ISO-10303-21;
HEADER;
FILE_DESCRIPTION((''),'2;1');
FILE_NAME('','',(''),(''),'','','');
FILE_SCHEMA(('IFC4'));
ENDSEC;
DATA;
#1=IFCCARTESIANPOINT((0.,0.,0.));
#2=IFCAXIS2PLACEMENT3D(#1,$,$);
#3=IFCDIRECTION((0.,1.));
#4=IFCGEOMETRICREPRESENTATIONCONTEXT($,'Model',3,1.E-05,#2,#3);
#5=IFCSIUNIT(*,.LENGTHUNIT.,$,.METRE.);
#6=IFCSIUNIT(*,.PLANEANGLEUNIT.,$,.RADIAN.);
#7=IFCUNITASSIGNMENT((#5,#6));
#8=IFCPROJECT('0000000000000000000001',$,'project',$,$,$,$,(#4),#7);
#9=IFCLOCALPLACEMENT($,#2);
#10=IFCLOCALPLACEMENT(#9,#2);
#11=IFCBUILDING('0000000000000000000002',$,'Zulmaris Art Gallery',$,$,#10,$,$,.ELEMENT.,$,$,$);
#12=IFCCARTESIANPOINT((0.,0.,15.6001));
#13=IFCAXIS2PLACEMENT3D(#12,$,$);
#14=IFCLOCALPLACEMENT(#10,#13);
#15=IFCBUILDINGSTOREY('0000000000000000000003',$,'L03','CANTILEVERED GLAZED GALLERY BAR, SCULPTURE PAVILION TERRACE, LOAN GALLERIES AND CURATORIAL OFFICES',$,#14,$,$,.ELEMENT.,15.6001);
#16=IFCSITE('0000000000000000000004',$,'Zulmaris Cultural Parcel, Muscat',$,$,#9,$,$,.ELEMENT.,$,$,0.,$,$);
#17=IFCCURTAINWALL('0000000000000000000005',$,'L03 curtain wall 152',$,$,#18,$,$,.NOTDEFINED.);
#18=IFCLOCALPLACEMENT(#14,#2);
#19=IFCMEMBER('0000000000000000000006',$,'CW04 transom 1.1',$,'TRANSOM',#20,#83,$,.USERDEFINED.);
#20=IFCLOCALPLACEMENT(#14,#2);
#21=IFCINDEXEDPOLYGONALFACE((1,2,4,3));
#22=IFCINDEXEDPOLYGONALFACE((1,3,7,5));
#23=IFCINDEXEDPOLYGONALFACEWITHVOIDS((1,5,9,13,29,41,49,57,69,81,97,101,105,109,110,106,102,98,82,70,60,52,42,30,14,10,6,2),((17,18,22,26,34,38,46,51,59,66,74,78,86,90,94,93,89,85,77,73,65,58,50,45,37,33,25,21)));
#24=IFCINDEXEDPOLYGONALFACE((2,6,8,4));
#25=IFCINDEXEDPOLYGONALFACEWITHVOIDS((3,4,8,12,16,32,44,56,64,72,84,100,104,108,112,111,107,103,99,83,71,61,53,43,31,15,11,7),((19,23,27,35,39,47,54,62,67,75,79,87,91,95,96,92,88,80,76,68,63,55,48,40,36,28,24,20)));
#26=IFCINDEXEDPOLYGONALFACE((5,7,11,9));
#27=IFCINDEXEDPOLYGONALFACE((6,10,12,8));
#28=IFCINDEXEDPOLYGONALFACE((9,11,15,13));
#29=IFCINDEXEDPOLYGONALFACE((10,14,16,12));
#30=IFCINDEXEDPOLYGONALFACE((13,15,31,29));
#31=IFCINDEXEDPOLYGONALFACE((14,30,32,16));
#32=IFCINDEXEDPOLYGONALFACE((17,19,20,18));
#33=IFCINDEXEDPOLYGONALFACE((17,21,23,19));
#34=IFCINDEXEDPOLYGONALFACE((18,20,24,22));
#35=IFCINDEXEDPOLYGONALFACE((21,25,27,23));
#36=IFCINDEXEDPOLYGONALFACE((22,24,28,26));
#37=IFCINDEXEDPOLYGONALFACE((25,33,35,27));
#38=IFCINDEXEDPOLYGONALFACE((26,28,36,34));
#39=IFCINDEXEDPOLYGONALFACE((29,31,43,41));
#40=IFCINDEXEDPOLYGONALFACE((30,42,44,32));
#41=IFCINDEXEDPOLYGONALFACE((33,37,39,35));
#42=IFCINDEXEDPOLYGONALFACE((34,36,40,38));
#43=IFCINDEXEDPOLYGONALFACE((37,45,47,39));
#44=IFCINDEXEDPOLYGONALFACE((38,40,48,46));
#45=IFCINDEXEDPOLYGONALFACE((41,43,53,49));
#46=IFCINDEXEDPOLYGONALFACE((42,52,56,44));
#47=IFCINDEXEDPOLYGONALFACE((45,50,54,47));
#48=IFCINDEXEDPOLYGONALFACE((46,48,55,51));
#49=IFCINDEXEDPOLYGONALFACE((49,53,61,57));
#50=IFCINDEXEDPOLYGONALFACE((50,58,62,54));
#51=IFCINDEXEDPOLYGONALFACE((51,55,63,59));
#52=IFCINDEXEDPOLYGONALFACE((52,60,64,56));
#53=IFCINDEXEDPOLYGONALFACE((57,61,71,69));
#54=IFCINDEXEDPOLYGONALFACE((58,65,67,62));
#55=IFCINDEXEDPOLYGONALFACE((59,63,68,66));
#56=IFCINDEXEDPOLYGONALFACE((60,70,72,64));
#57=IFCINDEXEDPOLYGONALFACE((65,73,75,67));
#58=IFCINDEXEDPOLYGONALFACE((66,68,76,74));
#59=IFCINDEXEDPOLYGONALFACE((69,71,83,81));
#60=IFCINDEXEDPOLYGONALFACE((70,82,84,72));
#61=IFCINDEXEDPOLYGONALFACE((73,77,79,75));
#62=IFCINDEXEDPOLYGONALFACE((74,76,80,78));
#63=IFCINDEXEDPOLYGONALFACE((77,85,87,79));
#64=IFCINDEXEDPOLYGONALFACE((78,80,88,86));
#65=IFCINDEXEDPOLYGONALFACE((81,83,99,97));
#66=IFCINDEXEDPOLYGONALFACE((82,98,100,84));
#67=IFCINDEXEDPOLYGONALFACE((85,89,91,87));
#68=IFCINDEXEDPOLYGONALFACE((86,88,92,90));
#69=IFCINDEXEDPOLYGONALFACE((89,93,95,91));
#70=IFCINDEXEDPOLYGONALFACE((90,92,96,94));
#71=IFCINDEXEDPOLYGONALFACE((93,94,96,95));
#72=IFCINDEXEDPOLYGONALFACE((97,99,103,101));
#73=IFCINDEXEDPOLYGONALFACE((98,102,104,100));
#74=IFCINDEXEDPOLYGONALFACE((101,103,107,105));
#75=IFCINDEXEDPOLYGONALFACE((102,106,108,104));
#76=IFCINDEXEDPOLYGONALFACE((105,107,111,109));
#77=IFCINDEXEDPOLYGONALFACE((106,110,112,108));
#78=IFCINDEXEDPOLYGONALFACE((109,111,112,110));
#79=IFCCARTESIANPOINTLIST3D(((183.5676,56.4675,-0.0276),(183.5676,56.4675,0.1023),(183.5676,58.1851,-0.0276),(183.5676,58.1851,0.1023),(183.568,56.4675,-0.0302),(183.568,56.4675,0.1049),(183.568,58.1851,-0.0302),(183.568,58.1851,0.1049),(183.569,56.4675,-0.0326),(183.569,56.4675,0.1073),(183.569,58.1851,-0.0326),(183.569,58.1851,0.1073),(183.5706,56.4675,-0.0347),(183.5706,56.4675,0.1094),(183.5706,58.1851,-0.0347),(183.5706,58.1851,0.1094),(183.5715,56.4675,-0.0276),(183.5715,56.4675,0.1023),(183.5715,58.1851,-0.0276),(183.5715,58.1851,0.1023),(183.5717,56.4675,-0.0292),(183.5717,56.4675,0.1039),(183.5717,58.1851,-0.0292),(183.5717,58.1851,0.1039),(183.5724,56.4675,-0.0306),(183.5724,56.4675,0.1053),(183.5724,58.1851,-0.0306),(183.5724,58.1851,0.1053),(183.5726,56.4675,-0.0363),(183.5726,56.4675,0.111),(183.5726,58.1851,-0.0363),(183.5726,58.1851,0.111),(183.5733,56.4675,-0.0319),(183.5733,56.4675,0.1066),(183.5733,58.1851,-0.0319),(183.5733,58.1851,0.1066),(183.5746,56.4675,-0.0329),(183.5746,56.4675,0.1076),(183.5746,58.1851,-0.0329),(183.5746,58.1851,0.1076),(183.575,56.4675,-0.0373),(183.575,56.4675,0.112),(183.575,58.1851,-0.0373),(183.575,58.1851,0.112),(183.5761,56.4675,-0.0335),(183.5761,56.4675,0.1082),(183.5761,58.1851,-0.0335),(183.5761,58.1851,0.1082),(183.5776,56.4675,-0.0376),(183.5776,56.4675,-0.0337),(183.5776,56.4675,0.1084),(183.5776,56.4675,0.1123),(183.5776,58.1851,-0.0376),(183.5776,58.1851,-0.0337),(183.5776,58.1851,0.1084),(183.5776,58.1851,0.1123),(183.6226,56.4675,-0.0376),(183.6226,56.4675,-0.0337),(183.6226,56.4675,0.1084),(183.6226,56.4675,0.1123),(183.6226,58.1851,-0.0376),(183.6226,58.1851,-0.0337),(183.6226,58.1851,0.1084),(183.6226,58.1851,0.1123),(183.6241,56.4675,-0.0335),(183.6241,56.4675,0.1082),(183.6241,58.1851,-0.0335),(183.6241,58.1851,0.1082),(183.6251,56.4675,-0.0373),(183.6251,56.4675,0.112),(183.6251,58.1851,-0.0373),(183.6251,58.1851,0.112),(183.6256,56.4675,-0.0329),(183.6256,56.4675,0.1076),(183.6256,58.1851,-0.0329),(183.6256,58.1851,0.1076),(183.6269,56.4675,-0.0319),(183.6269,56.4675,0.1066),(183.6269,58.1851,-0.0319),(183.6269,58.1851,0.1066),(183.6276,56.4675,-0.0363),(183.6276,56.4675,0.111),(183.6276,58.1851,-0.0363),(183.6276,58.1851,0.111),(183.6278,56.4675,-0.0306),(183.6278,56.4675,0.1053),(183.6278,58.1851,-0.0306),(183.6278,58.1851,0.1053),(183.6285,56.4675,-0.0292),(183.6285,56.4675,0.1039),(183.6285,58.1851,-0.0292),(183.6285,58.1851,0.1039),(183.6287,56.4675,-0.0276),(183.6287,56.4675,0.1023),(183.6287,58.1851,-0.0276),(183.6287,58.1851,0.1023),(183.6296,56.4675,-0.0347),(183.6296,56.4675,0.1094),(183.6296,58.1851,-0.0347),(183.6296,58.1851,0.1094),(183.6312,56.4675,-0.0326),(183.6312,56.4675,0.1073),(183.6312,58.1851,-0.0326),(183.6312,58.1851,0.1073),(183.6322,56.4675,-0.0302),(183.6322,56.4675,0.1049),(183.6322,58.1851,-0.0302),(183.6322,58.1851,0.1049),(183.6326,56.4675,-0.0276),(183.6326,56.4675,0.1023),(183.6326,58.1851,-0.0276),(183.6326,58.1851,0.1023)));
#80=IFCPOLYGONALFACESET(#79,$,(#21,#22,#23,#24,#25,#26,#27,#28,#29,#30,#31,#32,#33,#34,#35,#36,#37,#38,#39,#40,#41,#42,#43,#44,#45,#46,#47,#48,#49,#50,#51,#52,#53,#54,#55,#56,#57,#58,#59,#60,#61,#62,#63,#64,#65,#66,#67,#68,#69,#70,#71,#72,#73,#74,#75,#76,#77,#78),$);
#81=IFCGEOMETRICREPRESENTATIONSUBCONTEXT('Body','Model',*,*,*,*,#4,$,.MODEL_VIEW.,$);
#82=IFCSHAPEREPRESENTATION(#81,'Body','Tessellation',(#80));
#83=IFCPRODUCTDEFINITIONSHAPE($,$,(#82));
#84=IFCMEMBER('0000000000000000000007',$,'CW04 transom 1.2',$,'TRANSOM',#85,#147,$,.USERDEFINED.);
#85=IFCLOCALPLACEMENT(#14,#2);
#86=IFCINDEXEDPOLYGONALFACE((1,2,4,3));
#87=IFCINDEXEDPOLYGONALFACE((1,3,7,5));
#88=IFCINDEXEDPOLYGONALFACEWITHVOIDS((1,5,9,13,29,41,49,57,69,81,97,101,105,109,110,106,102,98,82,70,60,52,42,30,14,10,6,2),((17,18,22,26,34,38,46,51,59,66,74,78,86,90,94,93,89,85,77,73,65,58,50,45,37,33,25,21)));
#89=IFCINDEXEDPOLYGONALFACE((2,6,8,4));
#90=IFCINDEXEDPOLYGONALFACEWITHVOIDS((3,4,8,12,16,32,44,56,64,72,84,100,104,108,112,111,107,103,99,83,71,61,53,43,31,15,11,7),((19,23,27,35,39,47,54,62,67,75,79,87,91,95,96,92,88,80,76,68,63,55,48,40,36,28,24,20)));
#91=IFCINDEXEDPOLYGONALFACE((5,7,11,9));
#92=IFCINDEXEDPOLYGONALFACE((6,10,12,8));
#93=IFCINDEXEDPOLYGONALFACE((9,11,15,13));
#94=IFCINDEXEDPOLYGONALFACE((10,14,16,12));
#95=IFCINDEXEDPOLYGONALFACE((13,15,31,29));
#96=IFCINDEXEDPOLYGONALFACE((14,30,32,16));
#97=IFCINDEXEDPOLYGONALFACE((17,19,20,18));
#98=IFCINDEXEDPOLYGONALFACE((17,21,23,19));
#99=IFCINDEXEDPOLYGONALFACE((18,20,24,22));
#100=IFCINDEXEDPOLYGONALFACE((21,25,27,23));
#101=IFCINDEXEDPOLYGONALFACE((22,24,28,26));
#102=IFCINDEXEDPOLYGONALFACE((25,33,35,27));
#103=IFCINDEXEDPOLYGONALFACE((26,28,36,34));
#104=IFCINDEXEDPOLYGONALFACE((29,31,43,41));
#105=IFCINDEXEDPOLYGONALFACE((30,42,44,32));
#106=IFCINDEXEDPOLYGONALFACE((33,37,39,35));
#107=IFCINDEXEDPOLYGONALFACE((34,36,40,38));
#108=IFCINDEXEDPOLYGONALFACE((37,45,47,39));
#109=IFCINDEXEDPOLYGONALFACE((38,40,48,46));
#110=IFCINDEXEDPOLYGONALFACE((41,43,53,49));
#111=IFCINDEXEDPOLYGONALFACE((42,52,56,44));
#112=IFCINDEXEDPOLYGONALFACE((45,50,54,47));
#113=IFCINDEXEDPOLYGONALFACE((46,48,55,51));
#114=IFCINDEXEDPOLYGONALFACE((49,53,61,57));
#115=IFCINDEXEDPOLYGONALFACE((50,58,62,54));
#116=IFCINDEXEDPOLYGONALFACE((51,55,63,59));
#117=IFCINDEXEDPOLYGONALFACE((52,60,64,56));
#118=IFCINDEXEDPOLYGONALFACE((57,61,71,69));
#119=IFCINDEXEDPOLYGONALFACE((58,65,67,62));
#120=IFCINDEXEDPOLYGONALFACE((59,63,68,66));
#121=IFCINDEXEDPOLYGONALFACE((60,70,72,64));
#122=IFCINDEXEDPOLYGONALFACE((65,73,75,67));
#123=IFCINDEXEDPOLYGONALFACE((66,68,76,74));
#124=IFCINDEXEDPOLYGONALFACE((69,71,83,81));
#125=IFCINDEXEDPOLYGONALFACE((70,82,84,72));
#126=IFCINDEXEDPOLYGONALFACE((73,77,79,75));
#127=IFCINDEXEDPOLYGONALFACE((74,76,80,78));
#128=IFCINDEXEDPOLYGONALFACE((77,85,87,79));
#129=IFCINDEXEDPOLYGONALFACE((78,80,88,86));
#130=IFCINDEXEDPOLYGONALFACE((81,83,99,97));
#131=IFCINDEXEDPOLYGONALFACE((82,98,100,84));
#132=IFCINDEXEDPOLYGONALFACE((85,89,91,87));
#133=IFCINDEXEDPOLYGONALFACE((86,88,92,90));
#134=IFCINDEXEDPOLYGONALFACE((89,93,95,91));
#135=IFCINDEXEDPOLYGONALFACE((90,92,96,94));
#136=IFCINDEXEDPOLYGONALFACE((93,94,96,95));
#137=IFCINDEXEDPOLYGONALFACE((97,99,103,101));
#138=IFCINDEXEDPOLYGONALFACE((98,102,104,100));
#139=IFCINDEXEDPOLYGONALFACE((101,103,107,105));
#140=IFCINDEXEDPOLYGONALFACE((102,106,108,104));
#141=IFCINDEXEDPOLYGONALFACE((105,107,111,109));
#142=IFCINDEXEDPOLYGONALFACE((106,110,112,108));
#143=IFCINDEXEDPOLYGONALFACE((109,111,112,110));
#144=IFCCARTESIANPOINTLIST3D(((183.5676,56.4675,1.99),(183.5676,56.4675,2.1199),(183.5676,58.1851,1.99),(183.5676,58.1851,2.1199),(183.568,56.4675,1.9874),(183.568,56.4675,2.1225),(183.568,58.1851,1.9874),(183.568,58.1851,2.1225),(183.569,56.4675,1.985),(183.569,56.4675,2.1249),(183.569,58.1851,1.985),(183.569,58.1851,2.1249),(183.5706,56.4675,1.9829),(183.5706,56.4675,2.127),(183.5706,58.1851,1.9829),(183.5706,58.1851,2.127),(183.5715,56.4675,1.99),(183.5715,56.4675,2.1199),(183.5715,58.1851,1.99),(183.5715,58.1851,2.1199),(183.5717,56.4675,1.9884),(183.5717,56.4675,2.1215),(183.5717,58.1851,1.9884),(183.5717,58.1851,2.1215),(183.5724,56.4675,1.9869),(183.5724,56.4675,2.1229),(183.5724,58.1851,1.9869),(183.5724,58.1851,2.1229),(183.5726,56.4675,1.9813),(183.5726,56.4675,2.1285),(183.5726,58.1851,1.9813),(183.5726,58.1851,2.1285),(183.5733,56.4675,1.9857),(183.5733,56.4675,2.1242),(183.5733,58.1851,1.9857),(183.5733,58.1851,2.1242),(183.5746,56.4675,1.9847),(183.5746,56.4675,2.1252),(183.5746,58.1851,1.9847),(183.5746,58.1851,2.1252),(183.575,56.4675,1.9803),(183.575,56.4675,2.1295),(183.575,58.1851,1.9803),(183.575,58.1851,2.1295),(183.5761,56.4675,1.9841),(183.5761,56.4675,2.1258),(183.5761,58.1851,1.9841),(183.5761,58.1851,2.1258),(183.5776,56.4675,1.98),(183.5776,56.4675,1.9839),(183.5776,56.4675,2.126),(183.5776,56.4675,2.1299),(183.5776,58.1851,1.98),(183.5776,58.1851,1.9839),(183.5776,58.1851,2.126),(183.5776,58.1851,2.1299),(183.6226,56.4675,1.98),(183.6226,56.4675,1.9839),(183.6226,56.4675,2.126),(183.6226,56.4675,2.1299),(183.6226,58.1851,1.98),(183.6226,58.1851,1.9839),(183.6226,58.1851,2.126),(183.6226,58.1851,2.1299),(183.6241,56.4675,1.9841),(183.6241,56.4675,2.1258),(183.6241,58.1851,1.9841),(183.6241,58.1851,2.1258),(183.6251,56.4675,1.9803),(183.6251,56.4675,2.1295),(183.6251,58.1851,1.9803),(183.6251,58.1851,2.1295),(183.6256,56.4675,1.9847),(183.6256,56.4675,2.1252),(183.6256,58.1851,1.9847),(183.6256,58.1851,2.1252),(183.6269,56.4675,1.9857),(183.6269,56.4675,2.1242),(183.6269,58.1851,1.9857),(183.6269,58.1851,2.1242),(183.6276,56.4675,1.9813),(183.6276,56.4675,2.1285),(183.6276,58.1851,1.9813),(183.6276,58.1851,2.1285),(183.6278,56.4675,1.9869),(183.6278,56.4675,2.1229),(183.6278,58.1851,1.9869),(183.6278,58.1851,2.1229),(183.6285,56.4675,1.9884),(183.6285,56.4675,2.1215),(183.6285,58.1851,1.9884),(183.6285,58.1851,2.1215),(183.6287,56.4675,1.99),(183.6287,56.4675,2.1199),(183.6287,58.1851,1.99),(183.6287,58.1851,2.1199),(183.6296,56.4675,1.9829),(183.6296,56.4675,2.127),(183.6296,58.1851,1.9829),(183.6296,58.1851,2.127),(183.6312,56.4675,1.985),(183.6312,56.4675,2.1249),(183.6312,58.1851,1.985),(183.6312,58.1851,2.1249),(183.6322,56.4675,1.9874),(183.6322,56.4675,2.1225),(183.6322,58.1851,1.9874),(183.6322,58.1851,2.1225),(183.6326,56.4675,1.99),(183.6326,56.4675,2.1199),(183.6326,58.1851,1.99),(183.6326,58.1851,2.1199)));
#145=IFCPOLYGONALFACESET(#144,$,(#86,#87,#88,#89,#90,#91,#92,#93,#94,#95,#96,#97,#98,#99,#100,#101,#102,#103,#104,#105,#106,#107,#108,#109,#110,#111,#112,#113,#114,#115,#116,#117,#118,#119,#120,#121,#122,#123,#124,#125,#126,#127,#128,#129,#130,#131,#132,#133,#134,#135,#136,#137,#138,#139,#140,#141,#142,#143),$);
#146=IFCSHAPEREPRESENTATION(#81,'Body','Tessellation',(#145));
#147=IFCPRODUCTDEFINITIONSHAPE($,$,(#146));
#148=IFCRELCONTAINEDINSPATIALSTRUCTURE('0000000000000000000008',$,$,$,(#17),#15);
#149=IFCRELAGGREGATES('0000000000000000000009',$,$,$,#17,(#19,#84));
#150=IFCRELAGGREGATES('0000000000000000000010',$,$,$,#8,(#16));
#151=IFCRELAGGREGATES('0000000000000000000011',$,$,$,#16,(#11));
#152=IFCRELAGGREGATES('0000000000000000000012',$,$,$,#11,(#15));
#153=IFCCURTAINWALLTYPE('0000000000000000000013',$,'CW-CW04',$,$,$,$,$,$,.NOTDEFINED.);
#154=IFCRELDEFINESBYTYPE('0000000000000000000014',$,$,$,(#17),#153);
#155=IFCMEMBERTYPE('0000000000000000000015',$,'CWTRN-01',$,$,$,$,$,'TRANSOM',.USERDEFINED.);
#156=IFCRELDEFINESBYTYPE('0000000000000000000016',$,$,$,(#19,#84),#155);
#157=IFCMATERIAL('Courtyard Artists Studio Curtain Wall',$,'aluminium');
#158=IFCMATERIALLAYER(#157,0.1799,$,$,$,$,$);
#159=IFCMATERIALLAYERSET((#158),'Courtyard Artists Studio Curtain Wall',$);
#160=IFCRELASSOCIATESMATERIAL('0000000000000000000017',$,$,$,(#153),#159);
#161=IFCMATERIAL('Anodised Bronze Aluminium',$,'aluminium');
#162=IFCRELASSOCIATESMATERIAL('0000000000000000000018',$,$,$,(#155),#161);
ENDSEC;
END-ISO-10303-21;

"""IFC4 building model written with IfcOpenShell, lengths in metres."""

from ifc_helpers import new_model, si_unit, direction, frame, origin, origin_2d, place, context, subcontext, project, spatial, hollow_rectangle, extrude, material, layer, layer_set, material_profile, profile_set, type_object, element, aggregate, save


model = new_model("IFC4")

# Units and contexts
model_context = context("Model", 3, precision=1e-05, world=origin(), true_north=direction((0.0, 1.0)))
body_context = subcontext(model_context, "Body", "Model", "MODEL_VIEW")
ifc_project = project(units=[si_unit("LENGTHUNIT", "METRE"), si_unit("PLANEANGLEUNIT", "RADIAN")], contexts=[model_context])

# Site, building, storey
site_placement = place(None, origin())
site = spatial("IfcSite", under=ifc_project, at=site_placement, Name="Zulmaris Cultural Parcel, Muscat", CompositionType="ELEMENT", RefElevation=0.0)
building_placement = place(site_placement, origin())
building = spatial("IfcBuilding", under=site, at=building_placement, Name="Zulmaris Art Gallery", CompositionType="ELEMENT")
storey_placement = place(building_placement, frame((0.0, 0.0, 15.6001)))
storey = spatial("IfcBuildingStorey", under=building, at=storey_placement, Name="L03", Description="CANTILEVERED GLAZED GALLERY BAR, SCULPTURE PAVILION TERRACE, LOAN GALLERIES AND CURATORIAL OFFICES", CompositionType="ELEMENT", Elevation=15.6001)

# Curtain wall, members
ifc_material_1 = material(Name="Courtyard Artists Studio Curtain Wall", Category="aluminium")
ifc_layer_1 = layer(ifc_material_1, 0.1799)
ifc_layer_set_1 = layer_set([ifc_layer_1], Name="Courtyard Artists Studio Curtain Wall")
curtain_wall_type = type_object("IfcCurtainWallType", Name="CW-CW04", PredefinedType="NOTDEFINED", material=ifc_layer_set_1)
curtain_wall_placement = place(storey_placement, origin())
curtain_wall = element("IfcCurtainWall", 1, at=curtain_wall_placement, inside=storey, type_object=curtain_wall_type, Name="L03 curtain wall 152", PredefinedType="NOTDEFINED")
ifc_material_2 = material(Name="Anodised Bronze Aluminium", Category="aluminium")
ifc_material_profile_1 = material_profile(ifc_material_2, hollow_rectangle(XDim=0.0649, YDim=0.1499, WallThickness=0.0039, InnerFilletRadius=0.0061, OuterFilletRadius=0.01, at=origin_2d()), Name="ALU 65x150x4")
ifc_profile_set_1 = profile_set([ifc_material_profile_1], Name="Anodised Bronze Aluminium")
member_type_1 = type_object("IfcMemberType", Name="CWTRN-01", ElementType="TRANSOM", PredefinedType="USERDEFINED", material=ifc_profile_set_1)
member_1_placement = place(storey_placement, frame((183.6001, 58.1851, 0.0374), z_axis=(0.0, -1.0, 0.0), x_axis=(1.0, 0.0, 0.0)))
member_1 = element("IfcMember", 2, at=member_1_placement, type_object=member_type_1, Name="CW04 transom 1.1", ObjectType="TRANSOM", PredefinedType="USERDEFINED", context=body_context, shape_type="SweptSolid", body=[
    extrude(hollow_rectangle(XDim=0.0649, YDim=0.1499, WallThickness=0.0039, InnerFilletRadius=0.0061, OuterFilletRadius=0.01, at=origin_2d()), origin(), (0.0, 0.0, 1.0), 1.7175),
])
member_2_placement = place(storey_placement, frame((183.6001, 58.1851, 2.0549), z_axis=(0.0, -1.0, 0.0), x_axis=(1.0, 0.0, 0.0)))
member_2 = element("IfcMember", 3, at=member_2_placement, type_object=member_type_1, Name="CW04 transom 1.2", ObjectType="TRANSOM", PredefinedType="USERDEFINED", context=body_context, shape_type="SweptSolid", body=[
    extrude(hollow_rectangle(XDim=0.0649, YDim=0.1499, WallThickness=0.0039, InnerFilletRadius=0.0061, OuterFilletRadius=0.01, at=origin_2d()), origin(), (0.0, 0.0, 1.0), 1.7175),
])
aggregate(curtain_wall, [member_1, member_2])

save(model, "model.ifc")
